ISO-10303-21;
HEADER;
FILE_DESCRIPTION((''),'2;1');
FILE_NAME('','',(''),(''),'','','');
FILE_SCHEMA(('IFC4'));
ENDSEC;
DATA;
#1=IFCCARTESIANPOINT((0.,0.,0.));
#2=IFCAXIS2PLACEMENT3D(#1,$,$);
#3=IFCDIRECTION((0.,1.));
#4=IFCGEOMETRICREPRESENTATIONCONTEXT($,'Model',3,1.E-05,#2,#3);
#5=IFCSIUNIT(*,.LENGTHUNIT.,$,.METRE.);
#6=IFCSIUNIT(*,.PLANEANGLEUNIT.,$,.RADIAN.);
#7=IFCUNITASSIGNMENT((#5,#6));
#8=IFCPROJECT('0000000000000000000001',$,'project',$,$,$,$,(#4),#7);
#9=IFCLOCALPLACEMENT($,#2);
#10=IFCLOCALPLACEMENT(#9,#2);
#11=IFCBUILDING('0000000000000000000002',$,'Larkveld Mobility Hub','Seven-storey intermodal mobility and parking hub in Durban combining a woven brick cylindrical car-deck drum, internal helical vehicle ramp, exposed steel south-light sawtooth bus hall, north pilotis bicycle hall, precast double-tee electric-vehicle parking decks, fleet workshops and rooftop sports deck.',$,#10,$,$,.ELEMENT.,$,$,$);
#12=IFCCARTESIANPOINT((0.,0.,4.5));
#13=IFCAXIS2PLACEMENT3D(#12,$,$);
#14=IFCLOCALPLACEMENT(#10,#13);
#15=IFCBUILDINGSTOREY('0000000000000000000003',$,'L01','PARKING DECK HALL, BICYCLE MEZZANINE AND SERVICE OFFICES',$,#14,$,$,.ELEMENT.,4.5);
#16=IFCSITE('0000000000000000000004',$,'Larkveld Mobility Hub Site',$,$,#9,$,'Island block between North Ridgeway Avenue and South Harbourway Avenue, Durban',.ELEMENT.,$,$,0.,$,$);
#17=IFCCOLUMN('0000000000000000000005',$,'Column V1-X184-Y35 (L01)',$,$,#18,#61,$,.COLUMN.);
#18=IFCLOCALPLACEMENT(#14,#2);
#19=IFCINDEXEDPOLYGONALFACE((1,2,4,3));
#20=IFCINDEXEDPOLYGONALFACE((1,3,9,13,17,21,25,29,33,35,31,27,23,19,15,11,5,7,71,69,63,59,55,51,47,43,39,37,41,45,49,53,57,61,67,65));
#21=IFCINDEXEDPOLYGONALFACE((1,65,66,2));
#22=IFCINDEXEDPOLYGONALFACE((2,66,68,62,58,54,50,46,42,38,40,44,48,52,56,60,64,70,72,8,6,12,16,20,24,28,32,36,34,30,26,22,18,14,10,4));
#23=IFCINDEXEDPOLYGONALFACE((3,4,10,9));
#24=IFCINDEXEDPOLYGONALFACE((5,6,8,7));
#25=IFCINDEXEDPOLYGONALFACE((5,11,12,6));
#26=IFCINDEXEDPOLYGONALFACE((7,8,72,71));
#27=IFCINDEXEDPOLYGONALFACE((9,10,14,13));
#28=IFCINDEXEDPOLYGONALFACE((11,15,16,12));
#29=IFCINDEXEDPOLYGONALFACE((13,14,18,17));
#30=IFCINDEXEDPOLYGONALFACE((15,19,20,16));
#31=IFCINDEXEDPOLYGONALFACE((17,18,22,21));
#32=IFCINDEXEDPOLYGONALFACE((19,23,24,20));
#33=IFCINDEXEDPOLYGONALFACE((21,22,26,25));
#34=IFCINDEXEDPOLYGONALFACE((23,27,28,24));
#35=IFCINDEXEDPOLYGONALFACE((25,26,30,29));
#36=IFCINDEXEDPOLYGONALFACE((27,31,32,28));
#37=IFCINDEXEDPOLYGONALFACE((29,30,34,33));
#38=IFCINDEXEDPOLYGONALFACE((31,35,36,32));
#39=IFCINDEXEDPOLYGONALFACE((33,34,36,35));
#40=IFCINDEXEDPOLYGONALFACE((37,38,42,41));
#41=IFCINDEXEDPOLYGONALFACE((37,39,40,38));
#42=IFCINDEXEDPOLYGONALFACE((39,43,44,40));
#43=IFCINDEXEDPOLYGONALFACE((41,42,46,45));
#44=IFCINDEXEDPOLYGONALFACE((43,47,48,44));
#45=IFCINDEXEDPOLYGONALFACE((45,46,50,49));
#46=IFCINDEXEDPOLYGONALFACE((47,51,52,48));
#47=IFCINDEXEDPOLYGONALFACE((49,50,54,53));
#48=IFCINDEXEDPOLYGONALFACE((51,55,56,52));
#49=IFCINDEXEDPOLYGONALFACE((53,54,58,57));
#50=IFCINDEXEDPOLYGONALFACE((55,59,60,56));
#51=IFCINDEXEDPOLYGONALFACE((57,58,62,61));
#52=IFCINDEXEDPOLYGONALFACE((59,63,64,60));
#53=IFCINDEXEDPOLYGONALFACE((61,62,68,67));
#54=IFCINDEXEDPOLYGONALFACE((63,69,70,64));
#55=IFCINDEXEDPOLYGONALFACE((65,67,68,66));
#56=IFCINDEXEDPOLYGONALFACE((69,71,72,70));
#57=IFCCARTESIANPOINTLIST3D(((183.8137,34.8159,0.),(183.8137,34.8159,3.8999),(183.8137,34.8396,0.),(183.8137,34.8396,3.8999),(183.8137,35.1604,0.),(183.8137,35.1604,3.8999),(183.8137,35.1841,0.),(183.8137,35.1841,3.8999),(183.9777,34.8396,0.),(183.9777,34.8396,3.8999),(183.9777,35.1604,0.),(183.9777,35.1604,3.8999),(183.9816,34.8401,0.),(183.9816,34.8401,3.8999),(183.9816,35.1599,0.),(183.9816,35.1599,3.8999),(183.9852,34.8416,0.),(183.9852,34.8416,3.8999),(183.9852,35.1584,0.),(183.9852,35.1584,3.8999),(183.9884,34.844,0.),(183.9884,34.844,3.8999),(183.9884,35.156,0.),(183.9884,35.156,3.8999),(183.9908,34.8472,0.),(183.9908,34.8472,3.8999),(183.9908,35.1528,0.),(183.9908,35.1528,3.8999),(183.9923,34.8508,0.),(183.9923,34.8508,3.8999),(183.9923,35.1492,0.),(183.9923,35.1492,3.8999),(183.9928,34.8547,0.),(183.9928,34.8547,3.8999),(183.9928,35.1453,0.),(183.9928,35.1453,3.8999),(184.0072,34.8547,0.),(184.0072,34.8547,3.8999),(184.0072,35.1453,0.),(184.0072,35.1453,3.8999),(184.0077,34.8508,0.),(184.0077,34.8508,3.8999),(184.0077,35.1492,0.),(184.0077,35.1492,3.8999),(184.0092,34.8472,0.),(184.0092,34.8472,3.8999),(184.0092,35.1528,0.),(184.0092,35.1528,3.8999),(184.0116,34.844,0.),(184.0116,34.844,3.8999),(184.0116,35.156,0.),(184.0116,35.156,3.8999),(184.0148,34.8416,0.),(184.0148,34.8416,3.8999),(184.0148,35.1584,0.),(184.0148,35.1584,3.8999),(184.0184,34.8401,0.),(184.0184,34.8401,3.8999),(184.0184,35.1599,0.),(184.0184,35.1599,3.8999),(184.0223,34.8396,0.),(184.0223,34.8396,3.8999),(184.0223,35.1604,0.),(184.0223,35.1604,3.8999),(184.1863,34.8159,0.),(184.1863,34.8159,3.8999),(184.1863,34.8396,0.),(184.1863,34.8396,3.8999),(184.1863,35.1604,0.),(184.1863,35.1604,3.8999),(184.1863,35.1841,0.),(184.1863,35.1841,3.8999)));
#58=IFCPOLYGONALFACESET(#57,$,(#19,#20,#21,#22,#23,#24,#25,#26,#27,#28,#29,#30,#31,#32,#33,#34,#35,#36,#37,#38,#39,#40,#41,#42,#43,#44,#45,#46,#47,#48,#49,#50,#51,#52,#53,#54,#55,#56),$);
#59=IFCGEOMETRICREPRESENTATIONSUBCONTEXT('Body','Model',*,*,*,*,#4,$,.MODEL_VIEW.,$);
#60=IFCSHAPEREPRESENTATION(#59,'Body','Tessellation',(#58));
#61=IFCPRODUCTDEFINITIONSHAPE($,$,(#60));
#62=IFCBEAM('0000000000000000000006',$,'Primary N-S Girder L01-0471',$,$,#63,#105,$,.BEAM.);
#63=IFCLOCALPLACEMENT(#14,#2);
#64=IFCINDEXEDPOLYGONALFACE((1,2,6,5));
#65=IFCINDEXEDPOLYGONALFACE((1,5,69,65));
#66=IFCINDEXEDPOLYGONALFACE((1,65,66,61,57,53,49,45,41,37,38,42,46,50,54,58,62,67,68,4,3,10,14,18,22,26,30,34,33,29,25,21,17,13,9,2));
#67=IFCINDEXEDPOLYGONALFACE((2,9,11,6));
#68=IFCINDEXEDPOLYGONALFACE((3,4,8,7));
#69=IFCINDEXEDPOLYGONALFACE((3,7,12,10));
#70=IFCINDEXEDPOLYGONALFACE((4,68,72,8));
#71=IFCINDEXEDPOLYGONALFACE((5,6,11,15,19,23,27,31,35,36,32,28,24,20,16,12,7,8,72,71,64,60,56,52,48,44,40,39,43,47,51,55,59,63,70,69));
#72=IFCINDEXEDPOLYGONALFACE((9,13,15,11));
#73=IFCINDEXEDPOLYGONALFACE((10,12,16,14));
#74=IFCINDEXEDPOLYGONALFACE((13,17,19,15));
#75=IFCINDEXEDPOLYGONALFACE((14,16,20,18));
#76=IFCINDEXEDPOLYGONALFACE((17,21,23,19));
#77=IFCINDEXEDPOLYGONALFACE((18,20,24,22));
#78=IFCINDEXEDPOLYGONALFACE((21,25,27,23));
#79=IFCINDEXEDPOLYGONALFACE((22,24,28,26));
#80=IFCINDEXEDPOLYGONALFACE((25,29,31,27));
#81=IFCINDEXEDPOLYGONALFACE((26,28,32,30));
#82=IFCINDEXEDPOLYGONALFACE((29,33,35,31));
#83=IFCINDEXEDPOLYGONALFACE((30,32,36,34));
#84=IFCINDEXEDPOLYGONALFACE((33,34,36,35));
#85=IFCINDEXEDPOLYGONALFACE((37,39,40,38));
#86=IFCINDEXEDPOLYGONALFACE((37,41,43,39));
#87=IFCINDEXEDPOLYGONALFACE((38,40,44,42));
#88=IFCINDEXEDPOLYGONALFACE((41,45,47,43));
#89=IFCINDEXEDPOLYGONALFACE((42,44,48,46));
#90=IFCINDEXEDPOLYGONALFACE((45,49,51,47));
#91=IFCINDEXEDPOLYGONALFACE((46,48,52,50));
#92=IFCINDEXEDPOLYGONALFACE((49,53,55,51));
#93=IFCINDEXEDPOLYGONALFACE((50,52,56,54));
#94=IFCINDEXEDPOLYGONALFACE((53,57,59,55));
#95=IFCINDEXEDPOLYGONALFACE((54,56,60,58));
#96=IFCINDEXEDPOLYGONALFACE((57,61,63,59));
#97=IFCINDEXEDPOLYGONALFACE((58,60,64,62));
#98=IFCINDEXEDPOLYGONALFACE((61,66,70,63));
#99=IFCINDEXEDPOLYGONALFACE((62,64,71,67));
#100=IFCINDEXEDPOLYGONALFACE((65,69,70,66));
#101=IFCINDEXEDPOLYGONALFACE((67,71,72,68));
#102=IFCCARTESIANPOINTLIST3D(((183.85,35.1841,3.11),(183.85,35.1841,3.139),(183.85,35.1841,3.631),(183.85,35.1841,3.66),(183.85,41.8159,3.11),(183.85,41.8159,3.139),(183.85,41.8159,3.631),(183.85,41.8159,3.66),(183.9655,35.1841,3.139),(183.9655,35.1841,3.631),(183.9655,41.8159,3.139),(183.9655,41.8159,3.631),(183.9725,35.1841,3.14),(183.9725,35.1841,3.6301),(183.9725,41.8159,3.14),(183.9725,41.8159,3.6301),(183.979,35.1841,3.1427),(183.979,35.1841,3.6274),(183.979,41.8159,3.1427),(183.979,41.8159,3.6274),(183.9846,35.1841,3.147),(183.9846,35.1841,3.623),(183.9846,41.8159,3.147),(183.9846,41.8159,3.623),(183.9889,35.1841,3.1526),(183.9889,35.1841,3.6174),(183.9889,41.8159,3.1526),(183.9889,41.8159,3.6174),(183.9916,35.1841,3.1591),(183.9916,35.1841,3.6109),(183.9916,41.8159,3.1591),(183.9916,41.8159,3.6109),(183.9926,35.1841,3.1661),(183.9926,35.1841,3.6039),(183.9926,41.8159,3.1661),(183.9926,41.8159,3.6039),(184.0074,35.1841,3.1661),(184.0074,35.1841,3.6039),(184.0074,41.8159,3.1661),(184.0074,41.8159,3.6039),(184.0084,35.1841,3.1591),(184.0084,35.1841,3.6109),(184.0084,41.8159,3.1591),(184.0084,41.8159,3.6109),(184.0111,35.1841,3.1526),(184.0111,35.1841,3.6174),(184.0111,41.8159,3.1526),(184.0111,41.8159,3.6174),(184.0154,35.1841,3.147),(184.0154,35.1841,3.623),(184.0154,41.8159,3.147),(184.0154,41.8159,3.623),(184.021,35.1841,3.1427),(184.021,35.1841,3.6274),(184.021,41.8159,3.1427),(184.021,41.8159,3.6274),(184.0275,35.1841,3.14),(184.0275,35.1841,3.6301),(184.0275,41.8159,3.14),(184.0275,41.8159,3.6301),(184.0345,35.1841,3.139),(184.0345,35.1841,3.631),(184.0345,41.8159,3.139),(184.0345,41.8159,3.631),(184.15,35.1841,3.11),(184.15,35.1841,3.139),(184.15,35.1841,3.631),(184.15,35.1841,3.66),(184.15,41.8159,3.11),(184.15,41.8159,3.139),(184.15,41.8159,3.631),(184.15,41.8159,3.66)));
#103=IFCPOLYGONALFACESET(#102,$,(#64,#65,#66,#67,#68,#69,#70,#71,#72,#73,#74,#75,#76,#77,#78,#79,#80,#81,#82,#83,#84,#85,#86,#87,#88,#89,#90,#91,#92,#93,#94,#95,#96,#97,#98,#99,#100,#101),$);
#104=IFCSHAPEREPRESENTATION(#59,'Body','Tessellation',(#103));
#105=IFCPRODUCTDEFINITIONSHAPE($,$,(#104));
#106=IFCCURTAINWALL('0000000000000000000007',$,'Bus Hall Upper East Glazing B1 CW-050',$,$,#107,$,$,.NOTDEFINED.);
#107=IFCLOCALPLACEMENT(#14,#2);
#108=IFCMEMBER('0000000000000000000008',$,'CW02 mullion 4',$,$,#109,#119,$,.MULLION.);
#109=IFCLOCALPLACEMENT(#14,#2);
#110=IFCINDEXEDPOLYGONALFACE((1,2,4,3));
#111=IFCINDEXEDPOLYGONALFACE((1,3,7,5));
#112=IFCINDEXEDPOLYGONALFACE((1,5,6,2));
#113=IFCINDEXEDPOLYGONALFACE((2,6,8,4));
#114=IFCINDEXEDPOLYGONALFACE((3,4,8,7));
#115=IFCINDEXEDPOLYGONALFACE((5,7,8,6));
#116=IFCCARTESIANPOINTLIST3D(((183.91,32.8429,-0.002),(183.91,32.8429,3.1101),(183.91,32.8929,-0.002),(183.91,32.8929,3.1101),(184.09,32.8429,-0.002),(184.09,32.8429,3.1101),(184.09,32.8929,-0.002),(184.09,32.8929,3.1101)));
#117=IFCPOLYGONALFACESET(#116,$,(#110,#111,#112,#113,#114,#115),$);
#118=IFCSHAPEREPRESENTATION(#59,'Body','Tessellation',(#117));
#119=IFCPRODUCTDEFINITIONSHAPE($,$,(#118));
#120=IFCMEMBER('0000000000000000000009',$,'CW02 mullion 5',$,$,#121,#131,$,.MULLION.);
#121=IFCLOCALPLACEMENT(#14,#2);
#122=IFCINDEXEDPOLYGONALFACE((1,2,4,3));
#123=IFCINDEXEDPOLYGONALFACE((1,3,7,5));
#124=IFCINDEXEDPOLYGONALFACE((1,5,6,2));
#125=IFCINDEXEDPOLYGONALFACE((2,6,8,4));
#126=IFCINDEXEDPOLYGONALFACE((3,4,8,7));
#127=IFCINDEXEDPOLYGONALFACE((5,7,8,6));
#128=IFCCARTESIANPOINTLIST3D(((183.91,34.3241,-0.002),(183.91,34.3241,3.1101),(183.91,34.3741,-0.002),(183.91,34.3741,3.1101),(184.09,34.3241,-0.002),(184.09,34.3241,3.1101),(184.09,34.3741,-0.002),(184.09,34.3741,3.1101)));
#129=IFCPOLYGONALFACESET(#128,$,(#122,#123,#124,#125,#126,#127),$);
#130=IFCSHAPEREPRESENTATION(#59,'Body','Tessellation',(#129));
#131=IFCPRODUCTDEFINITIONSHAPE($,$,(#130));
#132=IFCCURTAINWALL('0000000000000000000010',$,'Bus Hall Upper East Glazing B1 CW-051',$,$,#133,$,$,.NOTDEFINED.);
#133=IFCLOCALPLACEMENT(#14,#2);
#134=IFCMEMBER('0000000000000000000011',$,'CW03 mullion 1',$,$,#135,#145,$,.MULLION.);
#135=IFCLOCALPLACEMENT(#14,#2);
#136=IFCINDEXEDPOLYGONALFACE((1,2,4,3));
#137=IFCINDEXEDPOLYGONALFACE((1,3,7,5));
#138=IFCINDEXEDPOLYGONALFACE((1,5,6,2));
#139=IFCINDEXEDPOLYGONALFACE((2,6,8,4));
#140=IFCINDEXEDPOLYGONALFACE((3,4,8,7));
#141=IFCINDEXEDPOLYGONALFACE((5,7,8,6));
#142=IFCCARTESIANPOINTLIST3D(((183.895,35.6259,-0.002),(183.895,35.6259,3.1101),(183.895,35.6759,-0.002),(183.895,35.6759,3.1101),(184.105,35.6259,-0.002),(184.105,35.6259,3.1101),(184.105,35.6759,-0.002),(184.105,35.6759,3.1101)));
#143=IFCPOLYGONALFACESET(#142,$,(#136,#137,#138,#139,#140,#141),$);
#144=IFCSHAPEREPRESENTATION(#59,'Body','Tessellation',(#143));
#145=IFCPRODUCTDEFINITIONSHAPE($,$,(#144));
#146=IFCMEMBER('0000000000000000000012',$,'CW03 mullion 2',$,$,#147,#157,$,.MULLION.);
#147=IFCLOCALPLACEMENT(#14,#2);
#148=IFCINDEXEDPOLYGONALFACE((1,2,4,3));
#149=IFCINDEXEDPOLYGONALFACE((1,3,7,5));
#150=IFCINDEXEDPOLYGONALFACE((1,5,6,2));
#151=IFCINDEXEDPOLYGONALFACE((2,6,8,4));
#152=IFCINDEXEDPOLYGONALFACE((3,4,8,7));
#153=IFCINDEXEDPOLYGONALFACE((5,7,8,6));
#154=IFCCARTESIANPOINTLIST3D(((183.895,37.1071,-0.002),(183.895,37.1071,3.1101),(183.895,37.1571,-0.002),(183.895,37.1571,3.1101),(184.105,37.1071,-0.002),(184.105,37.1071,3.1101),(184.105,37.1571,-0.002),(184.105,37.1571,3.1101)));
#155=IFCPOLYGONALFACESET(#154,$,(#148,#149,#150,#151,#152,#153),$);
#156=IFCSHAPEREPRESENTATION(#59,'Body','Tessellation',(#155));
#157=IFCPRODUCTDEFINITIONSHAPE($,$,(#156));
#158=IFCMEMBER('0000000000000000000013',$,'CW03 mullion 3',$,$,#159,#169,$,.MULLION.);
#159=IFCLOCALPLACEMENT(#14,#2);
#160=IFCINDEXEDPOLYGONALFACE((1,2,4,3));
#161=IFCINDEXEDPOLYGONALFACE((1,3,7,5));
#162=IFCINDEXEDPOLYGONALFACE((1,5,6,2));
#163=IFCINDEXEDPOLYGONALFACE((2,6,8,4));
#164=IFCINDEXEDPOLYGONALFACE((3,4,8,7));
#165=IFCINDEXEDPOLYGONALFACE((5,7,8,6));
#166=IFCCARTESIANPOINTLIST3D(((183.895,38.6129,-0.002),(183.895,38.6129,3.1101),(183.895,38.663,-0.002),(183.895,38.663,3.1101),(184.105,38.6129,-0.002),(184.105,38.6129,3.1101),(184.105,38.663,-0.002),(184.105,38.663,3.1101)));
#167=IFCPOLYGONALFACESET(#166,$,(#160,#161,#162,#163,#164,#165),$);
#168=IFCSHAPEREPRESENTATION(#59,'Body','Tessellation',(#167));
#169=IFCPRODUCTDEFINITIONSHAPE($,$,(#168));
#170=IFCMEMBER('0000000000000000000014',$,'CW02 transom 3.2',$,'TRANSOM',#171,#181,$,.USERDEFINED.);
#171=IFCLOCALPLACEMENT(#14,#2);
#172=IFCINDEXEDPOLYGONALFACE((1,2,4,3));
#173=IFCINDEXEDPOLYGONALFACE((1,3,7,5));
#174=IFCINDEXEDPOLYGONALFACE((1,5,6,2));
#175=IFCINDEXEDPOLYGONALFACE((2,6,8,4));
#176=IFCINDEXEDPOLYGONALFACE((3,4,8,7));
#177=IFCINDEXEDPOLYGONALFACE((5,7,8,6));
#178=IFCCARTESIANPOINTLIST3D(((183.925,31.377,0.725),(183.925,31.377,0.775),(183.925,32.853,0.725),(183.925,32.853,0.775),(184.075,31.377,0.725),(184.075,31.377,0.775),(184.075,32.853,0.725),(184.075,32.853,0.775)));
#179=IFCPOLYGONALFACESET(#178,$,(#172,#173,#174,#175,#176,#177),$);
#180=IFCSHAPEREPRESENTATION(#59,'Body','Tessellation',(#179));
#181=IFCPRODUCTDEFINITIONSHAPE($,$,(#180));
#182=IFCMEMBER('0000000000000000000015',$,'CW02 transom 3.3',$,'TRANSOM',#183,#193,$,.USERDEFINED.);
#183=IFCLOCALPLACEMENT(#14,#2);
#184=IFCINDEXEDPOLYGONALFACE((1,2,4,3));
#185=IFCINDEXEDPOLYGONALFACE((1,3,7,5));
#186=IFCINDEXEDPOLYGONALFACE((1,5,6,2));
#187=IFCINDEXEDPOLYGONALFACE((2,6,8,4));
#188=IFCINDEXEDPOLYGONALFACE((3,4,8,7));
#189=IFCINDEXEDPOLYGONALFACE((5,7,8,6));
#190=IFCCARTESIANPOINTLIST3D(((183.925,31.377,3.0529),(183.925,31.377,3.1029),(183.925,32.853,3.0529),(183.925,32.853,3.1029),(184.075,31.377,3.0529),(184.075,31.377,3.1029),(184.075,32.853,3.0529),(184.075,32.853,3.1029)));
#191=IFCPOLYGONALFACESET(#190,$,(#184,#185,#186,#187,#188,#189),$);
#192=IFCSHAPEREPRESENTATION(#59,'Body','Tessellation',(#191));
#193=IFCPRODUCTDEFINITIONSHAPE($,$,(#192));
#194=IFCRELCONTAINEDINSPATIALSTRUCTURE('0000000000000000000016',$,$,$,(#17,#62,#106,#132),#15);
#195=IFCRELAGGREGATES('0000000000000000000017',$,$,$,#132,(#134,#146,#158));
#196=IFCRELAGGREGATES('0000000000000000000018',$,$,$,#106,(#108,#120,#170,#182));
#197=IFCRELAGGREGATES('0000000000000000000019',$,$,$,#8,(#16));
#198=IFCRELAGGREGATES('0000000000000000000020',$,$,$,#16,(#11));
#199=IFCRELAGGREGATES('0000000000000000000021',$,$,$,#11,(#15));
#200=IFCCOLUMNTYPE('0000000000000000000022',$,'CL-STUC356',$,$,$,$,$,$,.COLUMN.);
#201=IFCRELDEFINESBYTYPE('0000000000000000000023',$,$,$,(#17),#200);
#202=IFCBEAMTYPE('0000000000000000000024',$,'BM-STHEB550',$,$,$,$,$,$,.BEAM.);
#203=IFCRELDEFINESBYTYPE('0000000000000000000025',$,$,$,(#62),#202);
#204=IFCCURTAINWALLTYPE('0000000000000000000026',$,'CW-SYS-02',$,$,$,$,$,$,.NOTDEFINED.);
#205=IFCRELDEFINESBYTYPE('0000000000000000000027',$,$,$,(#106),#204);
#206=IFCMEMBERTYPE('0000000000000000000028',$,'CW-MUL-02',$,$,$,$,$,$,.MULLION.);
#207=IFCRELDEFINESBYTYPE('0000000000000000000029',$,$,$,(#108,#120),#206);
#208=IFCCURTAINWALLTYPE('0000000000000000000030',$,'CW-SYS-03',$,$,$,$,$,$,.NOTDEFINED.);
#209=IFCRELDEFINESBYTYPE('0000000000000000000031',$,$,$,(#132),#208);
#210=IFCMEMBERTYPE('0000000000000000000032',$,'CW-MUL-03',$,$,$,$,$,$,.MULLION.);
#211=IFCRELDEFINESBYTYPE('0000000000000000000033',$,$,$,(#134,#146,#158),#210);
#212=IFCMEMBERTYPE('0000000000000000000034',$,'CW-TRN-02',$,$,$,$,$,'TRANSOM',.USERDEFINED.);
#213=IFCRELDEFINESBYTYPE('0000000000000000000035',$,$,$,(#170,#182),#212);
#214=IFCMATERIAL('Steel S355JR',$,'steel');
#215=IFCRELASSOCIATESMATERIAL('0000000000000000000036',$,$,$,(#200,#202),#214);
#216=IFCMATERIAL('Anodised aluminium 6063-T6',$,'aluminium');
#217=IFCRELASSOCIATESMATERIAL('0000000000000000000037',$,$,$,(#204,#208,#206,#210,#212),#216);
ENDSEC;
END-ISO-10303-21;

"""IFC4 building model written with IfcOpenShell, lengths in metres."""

from ifc_helpers import new_model, si_unit, direction, frame, origin, origin_2d, place, context, subcontext, project, spatial, rectangle, i_section, extrude, material, material_profile, profile_set, type_object, element, aggregate, save


model = new_model("IFC4")

# Units and contexts
model_context = context("Model", 3, precision=1e-05, world=origin(), true_north=direction((0.0, 1.0)))
body_context = subcontext(model_context, "Body", "Model", "MODEL_VIEW")
ifc_project = project(units=[si_unit("LENGTHUNIT", "METRE"), si_unit("PLANEANGLEUNIT", "RADIAN")], contexts=[model_context])

# Site, building, storey
site_placement = place(None, origin())
site = spatial("IfcSite", under=ifc_project, at=site_placement, Name="Larkveld Mobility Hub Site", LongName="Island block between North Ridgeway Avenue and South Harbourway Avenue, Durban", CompositionType="ELEMENT", RefElevation=0.0)
building_placement = place(site_placement, origin())
building = spatial("IfcBuilding", under=site, at=building_placement, Name="Larkveld Mobility Hub", Description="Seven-storey intermodal mobility and parking hub in Durban combining a woven brick cylindrical car-deck drum, internal helical vehicle ramp, exposed steel south-light sawtooth bus hall, north pilotis bicycle hall, precast double-tee electric-vehicle parking decks, fleet workshops and rooftop sports deck.", CompositionType="ELEMENT")
storey_placement = place(building_placement, frame((0.0, 0.0, 4.5)))
storey = spatial("IfcBuildingStorey", under=building, at=storey_placement, Name="L01", Description="PARKING DECK HALL, BICYCLE MEZZANINE AND SERVICE OFFICES", CompositionType="ELEMENT", Elevation=4.5)

# Column
ifc_material_1 = material(Name="Steel S355JR", Category="steel")
ifc_material_profile_1 = material_profile(ifc_material_1, i_section(OverallWidth=0.3726, OverallDepth=0.3682, WebThickness=0.0144, FlangeThickness=0.0237, FilletRadius=0.0151, at=origin_2d()), Name="UC 356x368x177")
ifc_profile_set_1 = profile_set([ifc_material_profile_1], Name="Steel S355JR")
column_type = type_object("IfcColumnType", Name="CL-STUC356", PredefinedType="COLUMN", material=ifc_profile_set_1)
column_placement = place(storey_placement, frame((184.0, 35.0, 0.0), z_axis=(0.0, 0.0, 1.0), x_axis=(1.0, 0.0, 0.0)))
element("IfcColumn", 1, at=column_placement, inside=storey, type_object=column_type, Name="Column V1-X184-Y35 (L01)", PredefinedType="COLUMN", context=body_context, shape_type="SweptSolid", body=[
    extrude(i_section(OverallWidth=0.3726, OverallDepth=0.3682, WebThickness=0.0144, FlangeThickness=0.0237, FilletRadius=0.0151, at=origin_2d()), origin(), (0.0, 0.0, 1.0), 3.8999),
])

# Beam
ifc_material_profile_2 = material_profile(ifc_material_1, i_section(OverallWidth=0.3, OverallDepth=0.55, WebThickness=0.0149, FlangeThickness=0.0291, FilletRadius=0.0271, at=origin_2d()), Name="HEB 550")
ifc_profile_set_2 = profile_set([ifc_material_profile_2], Name="Steel S355JR")
beam_type = type_object("IfcBeamType", Name="BM-STHEB550", PredefinedType="BEAM", material=ifc_profile_set_2)
beam_placement = place(storey_placement, frame((184.0, 35.1841, 3.385), z_axis=(0.0, 1.0, 0.0), x_axis=(-1.0, 0.0, 0.0)))
element("IfcBeam", 2, at=beam_placement, inside=storey, type_object=beam_type, Name="Primary N-S Girder L01-0471", PredefinedType="BEAM", context=body_context, shape_type="SweptSolid", body=[
    extrude(i_section(OverallWidth=0.3, OverallDepth=0.55, WebThickness=0.0149, FlangeThickness=0.0291, FilletRadius=0.0271, at=origin_2d()), origin(), (0.0, 0.0, 1.0), 6.6318),
])

# Curtain walls, members
ifc_material_2 = material(Name="Anodised aluminium 6063-T6", Category="aluminium")
curtain_wall_type_1 = type_object("IfcCurtainWallType", Name="CW-SYS-02", PredefinedType="NOTDEFINED", material=ifc_material_2)
curtain_wall_1_placement = place(storey_placement, origin())
curtain_wall_1 = element("IfcCurtainWall", 3, at=curtain_wall_1_placement, inside=storey, type_object=curtain_wall_type_1, Name="Bus Hall Upper East Glazing B1 CW-050", PredefinedType="NOTDEFINED")
ifc_material_profile_3 = material_profile(ifc_material_2, rectangle(XDim=0.05, YDim=0.1799, at=origin_2d()), Name="ALU MULL 50x180")
ifc_profile_set_3 = profile_set([ifc_material_profile_3], Name="Anodised aluminium 6063-T6")
member_type_1 = type_object("IfcMemberType", Name="CW-MUL-02", PredefinedType="MULLION", material=ifc_profile_set_3)
member_1_placement = place(storey_placement, frame((184.0, 32.8679, -0.002), z_axis=(0.0, 0.0, 1.0), x_axis=(0.0, 1.0, 0.0)))
member_1 = element("IfcMember", 4, at=member_1_placement, type_object=member_type_1, Name="CW02 mullion 4", PredefinedType="MULLION", context=body_context, shape_type="SweptSolid", body=[
    extrude(rectangle(XDim=0.05, YDim=0.1799, at=origin_2d()), origin(), (0.0, 0.0, 1.0), 3.1121),
])
member_2_placement = place(storey_placement, frame((184.0, 34.3491, -0.002), z_axis=(0.0, 0.0, 1.0), x_axis=(0.0, 1.0, 0.0)))
member_2 = element("IfcMember", 5, at=member_2_placement, type_object=member_type_1, Name="CW02 mullion 5", PredefinedType="MULLION", context=body_context, shape_type="SweptSolid", body=[
    extrude(rectangle(XDim=0.05, YDim=0.1799, at=origin_2d()), origin(), (0.0, 0.0, 1.0), 3.1121),
])
curtain_wall_type_2 = type_object("IfcCurtainWallType", Name="CW-SYS-03", PredefinedType="NOTDEFINED", material=ifc_material_2)
curtain_wall_2_placement = place(storey_placement, origin())
curtain_wall_2 = element("IfcCurtainWall", 6, at=curtain_wall_2_placement, inside=storey, type_object=curtain_wall_type_2, Name="Bus Hall Upper East Glazing B1 CW-051", PredefinedType="NOTDEFINED")
ifc_material_profile_4 = material_profile(ifc_material_2, rectangle(XDim=0.05, YDim=0.21, at=origin_2d()), Name="ALU MULL 50x210")
ifc_profile_set_4 = profile_set([ifc_material_profile_4], Name="Anodised aluminium 6063-T6")
member_type_2 = type_object("IfcMemberType", Name="CW-MUL-03", PredefinedType="MULLION", material=ifc_profile_set_4)
member_3_placement = place(storey_placement, frame((184.0, 35.6509, -0.002), z_axis=(0.0, 0.0, 1.0), x_axis=(0.0, 1.0, 0.0)))
member_3 = element("IfcMember", 7, at=member_3_placement, type_object=member_type_2, Name="CW03 mullion 1", PredefinedType="MULLION", context=body_context, shape_type="SweptSolid", body=[
    extrude(rectangle(XDim=0.05, YDim=0.21, at=origin_2d()), origin(), (0.0, 0.0, 1.0), 3.1121),
])
member_4_placement = place(storey_placement, frame((184.0, 37.1321, -0.002), z_axis=(0.0, 0.0, 1.0), x_axis=(0.0, 1.0, 0.0)))
member_4 = element("IfcMember", 8, at=member_4_placement, type_object=member_type_2, Name="CW03 mullion 2", PredefinedType="MULLION", context=body_context, shape_type="SweptSolid", body=[
    extrude(rectangle(XDim=0.05, YDim=0.21, at=origin_2d()), origin(), (0.0, 0.0, 1.0), 3.1121),
])
member_5_placement = place(storey_placement, frame((184.0, 38.6379, -0.002), z_axis=(0.0, 0.0, 1.0), x_axis=(0.0, 1.0, 0.0)))
member_5 = element("IfcMember", 9, at=member_5_placement, type_object=member_type_2, Name="CW03 mullion 3", PredefinedType="MULLION", context=body_context, shape_type="SweptSolid", body=[
    extrude(rectangle(XDim=0.05, YDim=0.21, at=origin_2d()), origin(), (0.0, 0.0, 1.0), 3.1121),
])

# Members
ifc_material_profile_5 = material_profile(ifc_material_2, rectangle(XDim=0.1499, YDim=0.05, at=origin_2d()), Name="ALU TRAN 50x150")
ifc_profile_set_5 = profile_set([ifc_material_profile_5], Name="Anodised aluminium 6063-T6")
member_type_3 = type_object("IfcMemberType", Name="CW-TRN-02", ElementType="TRANSOM", PredefinedType="USERDEFINED", material=ifc_profile_set_5)
member_6_placement = place(storey_placement, frame((184.0, 31.377, 0.75), z_axis=(0.0, 1.0, 0.0), x_axis=(-1.0, 0.0, 0.0)))
member_6 = element("IfcMember", 10, at=member_6_placement, type_object=member_type_3, Name="CW02 transom 3.2", ObjectType="TRANSOM", PredefinedType="USERDEFINED", context=body_context, shape_type="SweptSolid", body=[
    extrude(rectangle(XDim=0.1499, YDim=0.05, at=origin_2d()), origin(), (0.0, 0.0, 1.0), 1.4761),
])
member_7_placement = place(storey_placement, frame((184.0, 31.377, 3.0779), z_axis=(0.0, 1.0, 0.0), x_axis=(-1.0, 0.0, 0.0)))
member_7 = element("IfcMember", 11, at=member_7_placement, type_object=member_type_3, Name="CW02 transom 3.3", ObjectType="TRANSOM", PredefinedType="USERDEFINED", context=body_context, shape_type="SweptSolid", body=[
    extrude(rectangle(XDim=0.1499, YDim=0.05, at=origin_2d()), origin(), (0.0, 0.0, 1.0), 1.4761),
])

aggregate(curtain_wall_2, [member_3, member_4, member_5])
aggregate(curtain_wall_1, [member_1, member_2, member_6, member_7])

save(model, "model.ifc")
